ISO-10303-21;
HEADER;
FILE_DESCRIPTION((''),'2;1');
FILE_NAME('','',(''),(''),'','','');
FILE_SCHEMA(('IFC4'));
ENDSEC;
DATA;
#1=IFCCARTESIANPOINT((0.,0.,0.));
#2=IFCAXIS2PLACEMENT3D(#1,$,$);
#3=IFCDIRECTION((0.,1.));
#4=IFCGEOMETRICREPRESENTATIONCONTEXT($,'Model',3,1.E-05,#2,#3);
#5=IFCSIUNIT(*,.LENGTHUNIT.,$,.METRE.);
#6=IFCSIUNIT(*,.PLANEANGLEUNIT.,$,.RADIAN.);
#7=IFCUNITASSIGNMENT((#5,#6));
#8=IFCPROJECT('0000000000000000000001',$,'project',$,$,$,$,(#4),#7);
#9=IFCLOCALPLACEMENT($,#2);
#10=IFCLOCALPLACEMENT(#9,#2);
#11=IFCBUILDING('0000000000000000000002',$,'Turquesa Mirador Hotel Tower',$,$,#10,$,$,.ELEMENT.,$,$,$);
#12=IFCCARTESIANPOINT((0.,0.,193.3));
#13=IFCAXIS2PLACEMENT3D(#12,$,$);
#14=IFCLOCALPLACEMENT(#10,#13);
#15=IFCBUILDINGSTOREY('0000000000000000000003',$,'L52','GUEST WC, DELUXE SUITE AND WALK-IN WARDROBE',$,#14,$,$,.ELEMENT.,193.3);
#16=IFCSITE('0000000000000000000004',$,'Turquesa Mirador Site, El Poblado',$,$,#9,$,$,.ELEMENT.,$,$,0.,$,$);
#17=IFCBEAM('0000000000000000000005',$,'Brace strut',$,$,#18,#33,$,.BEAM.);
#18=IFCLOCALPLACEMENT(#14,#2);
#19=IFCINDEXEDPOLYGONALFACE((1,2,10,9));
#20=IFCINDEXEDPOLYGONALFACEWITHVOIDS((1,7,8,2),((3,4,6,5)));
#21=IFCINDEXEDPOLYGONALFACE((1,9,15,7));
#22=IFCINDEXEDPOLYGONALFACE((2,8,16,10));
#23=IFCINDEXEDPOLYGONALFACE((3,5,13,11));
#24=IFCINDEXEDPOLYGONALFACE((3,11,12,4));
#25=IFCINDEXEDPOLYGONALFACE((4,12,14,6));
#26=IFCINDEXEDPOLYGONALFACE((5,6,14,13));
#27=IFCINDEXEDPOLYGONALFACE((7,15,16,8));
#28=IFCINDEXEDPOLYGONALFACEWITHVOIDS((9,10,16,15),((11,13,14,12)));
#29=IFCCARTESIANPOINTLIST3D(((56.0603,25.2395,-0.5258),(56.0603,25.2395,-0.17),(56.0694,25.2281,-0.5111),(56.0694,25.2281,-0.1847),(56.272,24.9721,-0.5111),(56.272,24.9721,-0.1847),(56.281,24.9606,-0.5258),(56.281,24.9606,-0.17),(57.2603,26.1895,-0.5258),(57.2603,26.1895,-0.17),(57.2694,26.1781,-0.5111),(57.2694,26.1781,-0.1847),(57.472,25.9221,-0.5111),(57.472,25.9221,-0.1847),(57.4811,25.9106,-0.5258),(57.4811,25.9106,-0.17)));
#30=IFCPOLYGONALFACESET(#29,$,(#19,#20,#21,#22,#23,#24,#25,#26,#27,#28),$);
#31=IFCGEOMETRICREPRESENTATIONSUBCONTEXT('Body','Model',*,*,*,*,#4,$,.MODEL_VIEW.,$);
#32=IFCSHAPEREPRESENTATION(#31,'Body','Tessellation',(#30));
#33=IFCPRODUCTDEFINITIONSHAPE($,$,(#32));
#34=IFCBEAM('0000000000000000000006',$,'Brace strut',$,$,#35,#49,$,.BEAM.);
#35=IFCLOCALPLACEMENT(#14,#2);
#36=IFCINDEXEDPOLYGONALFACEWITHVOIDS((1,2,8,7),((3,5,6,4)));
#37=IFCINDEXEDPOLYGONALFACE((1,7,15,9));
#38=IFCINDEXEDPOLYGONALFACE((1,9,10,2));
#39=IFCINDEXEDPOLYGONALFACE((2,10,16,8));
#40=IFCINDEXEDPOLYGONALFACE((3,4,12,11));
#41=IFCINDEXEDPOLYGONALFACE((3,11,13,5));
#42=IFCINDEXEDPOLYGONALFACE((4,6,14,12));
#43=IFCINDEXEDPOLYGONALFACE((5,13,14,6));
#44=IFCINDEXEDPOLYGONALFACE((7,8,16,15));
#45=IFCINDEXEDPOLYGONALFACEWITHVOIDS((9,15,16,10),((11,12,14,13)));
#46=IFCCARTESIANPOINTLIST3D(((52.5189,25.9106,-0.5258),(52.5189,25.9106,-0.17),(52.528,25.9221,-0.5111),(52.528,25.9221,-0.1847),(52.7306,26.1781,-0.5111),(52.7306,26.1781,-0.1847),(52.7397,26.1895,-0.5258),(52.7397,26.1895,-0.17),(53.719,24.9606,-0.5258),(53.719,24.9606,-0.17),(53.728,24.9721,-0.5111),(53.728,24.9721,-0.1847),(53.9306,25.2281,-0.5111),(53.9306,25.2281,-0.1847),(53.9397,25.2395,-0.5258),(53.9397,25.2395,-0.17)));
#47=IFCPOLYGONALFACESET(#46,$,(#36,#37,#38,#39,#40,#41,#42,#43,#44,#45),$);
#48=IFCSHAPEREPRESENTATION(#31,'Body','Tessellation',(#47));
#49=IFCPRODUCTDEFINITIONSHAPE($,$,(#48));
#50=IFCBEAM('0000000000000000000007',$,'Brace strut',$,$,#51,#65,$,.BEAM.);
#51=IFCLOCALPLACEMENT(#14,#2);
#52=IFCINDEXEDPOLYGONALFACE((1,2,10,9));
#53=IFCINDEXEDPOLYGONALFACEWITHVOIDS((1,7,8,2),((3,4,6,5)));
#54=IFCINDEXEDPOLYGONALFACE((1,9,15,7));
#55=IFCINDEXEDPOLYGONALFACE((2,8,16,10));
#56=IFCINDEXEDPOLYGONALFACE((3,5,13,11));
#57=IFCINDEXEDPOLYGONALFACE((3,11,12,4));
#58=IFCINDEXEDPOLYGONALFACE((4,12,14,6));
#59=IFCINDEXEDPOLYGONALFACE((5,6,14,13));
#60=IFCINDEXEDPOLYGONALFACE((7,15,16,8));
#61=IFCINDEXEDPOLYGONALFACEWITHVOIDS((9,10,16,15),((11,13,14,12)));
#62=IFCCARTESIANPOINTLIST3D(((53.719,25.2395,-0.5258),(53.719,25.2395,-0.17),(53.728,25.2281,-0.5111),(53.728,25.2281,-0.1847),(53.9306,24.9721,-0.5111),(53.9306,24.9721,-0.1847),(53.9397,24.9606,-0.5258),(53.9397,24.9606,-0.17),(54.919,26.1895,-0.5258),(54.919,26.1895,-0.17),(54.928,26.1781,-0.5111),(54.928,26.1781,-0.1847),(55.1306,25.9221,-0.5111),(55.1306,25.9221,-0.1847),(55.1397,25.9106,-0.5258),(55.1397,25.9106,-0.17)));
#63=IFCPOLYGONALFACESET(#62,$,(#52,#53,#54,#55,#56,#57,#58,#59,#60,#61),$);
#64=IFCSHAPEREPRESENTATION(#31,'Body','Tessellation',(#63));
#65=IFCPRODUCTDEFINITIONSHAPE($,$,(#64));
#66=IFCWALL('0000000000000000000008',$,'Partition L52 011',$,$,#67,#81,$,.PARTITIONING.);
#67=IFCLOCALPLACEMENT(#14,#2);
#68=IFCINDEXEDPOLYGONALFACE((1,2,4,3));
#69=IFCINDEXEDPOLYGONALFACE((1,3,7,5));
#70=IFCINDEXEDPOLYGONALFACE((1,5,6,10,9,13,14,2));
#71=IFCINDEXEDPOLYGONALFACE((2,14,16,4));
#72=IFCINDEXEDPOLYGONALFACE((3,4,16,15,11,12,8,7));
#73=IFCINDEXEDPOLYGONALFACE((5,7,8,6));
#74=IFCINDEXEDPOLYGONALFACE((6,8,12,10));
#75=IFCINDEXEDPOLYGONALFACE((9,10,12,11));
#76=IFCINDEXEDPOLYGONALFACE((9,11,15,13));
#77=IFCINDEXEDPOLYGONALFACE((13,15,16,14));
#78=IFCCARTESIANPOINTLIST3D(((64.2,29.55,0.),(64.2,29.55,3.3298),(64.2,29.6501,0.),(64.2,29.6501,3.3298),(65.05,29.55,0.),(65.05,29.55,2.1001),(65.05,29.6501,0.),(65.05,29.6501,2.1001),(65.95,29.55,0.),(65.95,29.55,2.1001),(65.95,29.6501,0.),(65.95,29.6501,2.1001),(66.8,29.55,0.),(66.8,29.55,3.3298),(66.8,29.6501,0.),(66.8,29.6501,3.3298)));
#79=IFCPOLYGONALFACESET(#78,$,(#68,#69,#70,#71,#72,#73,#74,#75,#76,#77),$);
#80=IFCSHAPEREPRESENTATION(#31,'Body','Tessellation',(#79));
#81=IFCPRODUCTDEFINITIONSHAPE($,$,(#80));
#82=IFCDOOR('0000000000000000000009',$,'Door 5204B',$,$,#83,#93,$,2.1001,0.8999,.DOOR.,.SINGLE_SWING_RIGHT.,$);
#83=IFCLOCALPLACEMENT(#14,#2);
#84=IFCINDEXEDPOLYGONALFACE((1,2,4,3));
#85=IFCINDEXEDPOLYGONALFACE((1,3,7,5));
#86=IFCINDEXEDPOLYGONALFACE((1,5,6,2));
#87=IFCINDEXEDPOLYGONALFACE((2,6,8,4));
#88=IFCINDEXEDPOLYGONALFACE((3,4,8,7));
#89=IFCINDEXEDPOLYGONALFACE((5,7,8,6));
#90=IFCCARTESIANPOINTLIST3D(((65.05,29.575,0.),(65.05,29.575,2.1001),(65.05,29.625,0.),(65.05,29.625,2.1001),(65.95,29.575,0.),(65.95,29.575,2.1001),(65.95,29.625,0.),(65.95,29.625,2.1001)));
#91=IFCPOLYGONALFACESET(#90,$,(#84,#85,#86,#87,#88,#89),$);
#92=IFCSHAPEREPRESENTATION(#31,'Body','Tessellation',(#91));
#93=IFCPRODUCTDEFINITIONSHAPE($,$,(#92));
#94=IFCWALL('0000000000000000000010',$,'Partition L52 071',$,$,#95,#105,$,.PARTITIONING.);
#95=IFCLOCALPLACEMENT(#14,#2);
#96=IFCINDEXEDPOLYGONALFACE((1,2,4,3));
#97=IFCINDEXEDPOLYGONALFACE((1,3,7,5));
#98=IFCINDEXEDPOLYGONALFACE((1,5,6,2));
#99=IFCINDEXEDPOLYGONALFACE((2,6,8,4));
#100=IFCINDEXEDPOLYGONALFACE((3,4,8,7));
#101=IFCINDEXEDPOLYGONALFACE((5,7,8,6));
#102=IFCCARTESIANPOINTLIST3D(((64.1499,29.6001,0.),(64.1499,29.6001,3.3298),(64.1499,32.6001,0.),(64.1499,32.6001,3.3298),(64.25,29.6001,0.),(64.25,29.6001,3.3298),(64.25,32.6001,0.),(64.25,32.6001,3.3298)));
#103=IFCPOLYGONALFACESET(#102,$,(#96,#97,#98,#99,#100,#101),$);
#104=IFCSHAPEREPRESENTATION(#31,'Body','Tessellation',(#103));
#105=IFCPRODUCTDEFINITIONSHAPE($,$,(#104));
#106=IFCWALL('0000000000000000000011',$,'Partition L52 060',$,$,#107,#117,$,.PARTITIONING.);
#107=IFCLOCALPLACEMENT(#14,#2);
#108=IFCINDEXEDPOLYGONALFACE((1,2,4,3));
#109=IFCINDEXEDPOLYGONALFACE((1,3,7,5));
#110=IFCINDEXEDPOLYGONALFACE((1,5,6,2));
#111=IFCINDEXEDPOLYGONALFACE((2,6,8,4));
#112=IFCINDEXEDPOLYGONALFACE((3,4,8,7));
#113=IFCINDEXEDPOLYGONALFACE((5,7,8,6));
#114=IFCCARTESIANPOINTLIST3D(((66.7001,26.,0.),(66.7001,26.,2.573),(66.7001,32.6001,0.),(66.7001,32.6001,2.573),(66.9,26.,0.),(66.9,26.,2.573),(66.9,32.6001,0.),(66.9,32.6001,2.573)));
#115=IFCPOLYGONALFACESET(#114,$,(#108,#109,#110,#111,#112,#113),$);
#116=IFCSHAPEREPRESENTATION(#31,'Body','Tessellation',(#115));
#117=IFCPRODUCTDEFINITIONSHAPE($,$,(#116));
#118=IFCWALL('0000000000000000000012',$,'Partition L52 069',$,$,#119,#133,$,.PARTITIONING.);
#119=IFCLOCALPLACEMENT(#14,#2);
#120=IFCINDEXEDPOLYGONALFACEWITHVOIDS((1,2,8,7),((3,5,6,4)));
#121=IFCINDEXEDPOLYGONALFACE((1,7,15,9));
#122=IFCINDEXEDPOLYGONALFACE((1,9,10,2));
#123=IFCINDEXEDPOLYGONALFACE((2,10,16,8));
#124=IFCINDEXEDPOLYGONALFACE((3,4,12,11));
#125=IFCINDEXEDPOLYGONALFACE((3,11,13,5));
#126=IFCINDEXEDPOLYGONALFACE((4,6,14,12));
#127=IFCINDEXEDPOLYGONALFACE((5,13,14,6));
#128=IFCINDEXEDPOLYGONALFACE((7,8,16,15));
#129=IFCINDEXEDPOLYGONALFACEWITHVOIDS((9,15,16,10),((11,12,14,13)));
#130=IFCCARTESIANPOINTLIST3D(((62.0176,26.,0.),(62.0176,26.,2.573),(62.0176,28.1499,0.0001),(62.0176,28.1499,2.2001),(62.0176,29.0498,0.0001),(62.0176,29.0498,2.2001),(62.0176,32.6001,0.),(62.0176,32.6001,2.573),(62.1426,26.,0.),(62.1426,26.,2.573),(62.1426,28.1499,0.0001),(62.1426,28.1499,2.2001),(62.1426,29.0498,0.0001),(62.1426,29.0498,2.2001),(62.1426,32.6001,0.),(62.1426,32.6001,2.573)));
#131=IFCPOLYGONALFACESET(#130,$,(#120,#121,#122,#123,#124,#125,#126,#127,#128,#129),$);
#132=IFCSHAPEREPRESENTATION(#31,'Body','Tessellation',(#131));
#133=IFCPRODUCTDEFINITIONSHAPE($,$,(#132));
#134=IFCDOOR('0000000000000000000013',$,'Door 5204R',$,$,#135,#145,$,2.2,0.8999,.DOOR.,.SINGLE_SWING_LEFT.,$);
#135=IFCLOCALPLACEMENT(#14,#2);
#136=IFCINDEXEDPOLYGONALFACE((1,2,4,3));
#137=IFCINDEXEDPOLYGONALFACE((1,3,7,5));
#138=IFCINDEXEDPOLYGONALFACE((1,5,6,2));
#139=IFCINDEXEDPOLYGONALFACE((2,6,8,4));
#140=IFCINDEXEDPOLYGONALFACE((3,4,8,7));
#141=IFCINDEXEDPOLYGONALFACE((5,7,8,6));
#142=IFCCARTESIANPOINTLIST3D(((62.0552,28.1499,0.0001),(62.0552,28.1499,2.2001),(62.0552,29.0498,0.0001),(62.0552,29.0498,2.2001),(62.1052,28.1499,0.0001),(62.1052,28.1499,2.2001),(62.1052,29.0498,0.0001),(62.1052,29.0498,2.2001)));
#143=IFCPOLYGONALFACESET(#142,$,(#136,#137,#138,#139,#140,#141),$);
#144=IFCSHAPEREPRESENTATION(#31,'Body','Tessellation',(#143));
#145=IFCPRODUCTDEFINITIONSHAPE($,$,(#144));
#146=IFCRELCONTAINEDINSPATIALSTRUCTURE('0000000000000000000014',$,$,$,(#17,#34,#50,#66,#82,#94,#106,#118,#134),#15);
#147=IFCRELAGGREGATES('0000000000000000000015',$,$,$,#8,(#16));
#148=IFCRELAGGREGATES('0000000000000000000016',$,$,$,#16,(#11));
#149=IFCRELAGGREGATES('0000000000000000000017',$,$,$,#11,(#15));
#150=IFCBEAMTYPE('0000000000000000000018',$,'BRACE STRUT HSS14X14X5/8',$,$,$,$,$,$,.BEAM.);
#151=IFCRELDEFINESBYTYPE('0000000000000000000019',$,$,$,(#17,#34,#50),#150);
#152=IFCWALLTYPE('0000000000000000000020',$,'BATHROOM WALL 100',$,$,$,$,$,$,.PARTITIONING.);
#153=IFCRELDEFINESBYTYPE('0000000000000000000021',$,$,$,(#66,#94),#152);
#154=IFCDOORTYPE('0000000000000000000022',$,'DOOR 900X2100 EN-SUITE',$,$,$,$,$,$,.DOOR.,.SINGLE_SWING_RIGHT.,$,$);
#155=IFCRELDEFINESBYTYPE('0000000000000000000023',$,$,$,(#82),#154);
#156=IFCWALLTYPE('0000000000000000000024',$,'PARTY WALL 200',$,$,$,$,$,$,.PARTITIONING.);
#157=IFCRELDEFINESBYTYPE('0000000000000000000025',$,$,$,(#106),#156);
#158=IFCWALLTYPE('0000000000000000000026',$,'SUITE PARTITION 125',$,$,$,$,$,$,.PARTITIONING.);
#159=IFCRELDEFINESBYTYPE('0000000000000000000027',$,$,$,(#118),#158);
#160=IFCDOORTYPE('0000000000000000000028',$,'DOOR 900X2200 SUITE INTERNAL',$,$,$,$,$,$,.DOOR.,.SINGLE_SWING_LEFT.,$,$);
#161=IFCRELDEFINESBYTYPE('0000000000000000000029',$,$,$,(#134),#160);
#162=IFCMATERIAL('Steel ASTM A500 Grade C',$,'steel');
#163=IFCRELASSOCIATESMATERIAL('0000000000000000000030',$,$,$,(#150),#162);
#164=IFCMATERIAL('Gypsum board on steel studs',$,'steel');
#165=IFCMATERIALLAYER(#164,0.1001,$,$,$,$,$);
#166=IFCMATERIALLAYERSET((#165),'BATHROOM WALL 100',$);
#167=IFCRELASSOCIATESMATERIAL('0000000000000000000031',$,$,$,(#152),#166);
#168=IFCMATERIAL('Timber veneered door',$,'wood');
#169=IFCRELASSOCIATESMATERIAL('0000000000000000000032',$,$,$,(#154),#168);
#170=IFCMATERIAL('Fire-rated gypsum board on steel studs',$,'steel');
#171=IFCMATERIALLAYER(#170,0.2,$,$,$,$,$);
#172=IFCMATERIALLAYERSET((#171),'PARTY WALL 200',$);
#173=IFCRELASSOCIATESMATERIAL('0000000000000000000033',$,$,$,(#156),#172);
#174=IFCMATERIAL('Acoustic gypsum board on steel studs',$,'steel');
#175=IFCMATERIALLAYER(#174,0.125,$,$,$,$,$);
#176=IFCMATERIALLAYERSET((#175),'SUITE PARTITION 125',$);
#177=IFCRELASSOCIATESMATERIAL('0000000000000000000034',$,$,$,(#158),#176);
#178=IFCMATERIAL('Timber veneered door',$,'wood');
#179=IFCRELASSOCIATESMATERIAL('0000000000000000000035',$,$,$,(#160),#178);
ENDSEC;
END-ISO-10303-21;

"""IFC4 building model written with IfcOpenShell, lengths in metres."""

from ifc_helpers import new_model, si_unit, direction, frame, frame_2d, origin, origin_2d, place, context, subcontext, project, spatial, rectangle, hollow_rectangle, extrude, material, layer, layer_set, material_profile, profile_set, type_object, element, fill, save


model = new_model("IFC4")

# Units and contexts
model_context = context("Model", 3, precision=1e-05, world=origin(), true_north=direction((0.0, 1.0)))
body_context = subcontext(model_context, "Body", "Model", "MODEL_VIEW")
ifc_project = project(units=[si_unit("LENGTHUNIT", "METRE"), si_unit("PLANEANGLEUNIT", "RADIAN")], contexts=[model_context])

# Site, building, storey
site_placement = place(None, origin())
site = spatial("IfcSite", under=ifc_project, at=site_placement, Name="Turquesa Mirador Site, El Poblado", CompositionType="ELEMENT", RefElevation=0.0)
building_placement = place(site_placement, origin())
building = spatial("IfcBuilding", under=site, at=building_placement, Name="Turquesa Mirador Hotel Tower", CompositionType="ELEMENT")
storey_placement = place(building_placement, frame((0.0, 0.0, 193.3)))
storey = spatial("IfcBuildingStorey", under=building, at=storey_placement, Name="L52", Description="GUEST WC, DELUXE SUITE AND WALK-IN WARDROBE", CompositionType="ELEMENT", Elevation=193.3)

# Beams
ifc_material_1 = material(Name="Steel ASTM A500 Grade C", Category="steel")
ifc_material_profile_1 = material_profile(ifc_material_1, hollow_rectangle(XDim=0.3557, YDim=0.3557, WallThickness=0.0146, at=origin_2d()), Name="HSS14X14X5/8")
ifc_profile_set_1 = profile_set([ifc_material_profile_1], Name="Steel ASTM A500 Grade C")
beam_type_1 = type_object("IfcBeamType", Name="BRACE STRUT HSS14X14X5/8", PredefinedType="BEAM", material=ifc_profile_set_1)
for number, where, z_axis, x_axis, name in (
    (1, (56.1707, 25.1001, -0.3479), (0.784049, 0.620699, 0.0), (-0.620699, 0.784049, 0.0), "Brace strut"),
    (2, (53.8293, 25.1001, -0.3479), (-0.784049, 0.620699, 0.0), (-0.620699, -0.784049, 0.0), "Brace strut"),
    (3, (53.8293, 25.1001, -0.3479), (0.784049, 0.620699, 0.0), (-0.620699, 0.784049, 0.0), "Brace strut"),
):
    element("IfcBeam", number, at=place(storey_placement, frame(where, z_axis=z_axis, x_axis=x_axis)), inside=storey, type_object=beam_type_1, Name=name, PredefinedType="BEAM", context=body_context, shape_type="SweptSolid", body=[
        extrude(hollow_rectangle(XDim=0.3557, YDim=0.3557, WallThickness=0.0146, at=origin_2d()), origin(), (0.0, 0.0, 1.0), 1.5305),
    ])

# Wall, opening, door
ifc_material_2 = material(Name="Gypsum board on steel studs", Category="steel")
ifc_layer_1 = layer(ifc_material_2, 0.1001)
ifc_layer_set_1 = layer_set([ifc_layer_1], Name="BATHROOM WALL 100")
wall_type_1 = type_object("IfcWallType", Name="BATHROOM WALL 100", PredefinedType="PARTITIONING", material=ifc_layer_set_1)
wall_1_placement = place(storey_placement, frame((64.2, 29.6001, 0.0), z_axis=(0.0, 0.0, 1.0), x_axis=(1.0, 0.0, 0.0)))
wall_1 = element("IfcWall", 4, at=wall_1_placement, inside=storey, type_object=wall_type_1, Name="Partition L52 011", PredefinedType="PARTITIONING", context=body_context, shape_type="SweptSolid", body=[
    extrude(rectangle(XDim=2.6001, YDim=0.1001, at=frame_2d((1.3, 0.0))), origin(), (0.0, 0.0, 1.0), 3.3298),
])
opening_1_placement = place(wall_1_placement, frame((0.8501, 0.0, 0.0)))
opening_1 = element("IfcOpeningElement", 5, at=opening_1_placement, cuts=wall_1, PredefinedType="OPENING", context=body_context, shape_type="SweptSolid", body=[
    extrude(rectangle(XDim=0.8999, YDim=2.1001, at=frame_2d((0.45, 1.05))), frame((0.0, 0.0601, 0.0), z_axis=(0.0, -1.0, 0.0), x_axis=(1.0, 0.0, 0.0)), (0.0, 0.0, 1.0), 0.1201),
])
ifc_material_3 = material(Name="Timber veneered door", Category="wood")
door_type_1 = type_object("IfcDoorType", Name="DOOR 900X2100 EN-SUITE", OperationType="SINGLE_SWING_RIGHT", PredefinedType="DOOR", material=ifc_material_3)
door_1_placement = place(opening_1_placement, origin())
door_1 = element("IfcDoor", 6, at=door_1_placement, inside=storey, type_object=door_type_1, Name="Door 5204B", OperationType="SINGLE_SWING_RIGHT", OverallHeight=2.1001, OverallWidth=0.8999, PredefinedType="DOOR", context=body_context, shape_type="SweptSolid", body=[
    extrude(rectangle(XDim=0.8999, YDim=2.1001, at=frame_2d((0.45, 1.05))), frame((0.0, 0.0249, 0.0), z_axis=(0.0, -1.0, 0.0), x_axis=(1.0, 0.0, 0.0)), (0.0, 0.0, 1.0), 0.05),
])
fill(opening_1, door_1)

# Walls
wall_2_placement = place(storey_placement, frame((64.2, 29.6001, 0.0), z_axis=(0.0, 0.0, 1.0), x_axis=(0.0, 1.0, 0.0)))
element("IfcWall", 7, at=wall_2_placement, inside=storey, type_object=wall_type_1, Name="Partition L52 071", PredefinedType="PARTITIONING", context=body_context, shape_type="SweptSolid", body=[
    extrude(rectangle(XDim=3.0, YDim=0.1001, at=frame_2d((1.5, 0.0))), origin(), (0.0, 0.0, 1.0), 3.3298),
])
ifc_material_4 = material(Name="Fire-rated gypsum board on steel studs", Category="steel")
ifc_layer_2 = layer(ifc_material_4, 0.2)
ifc_layer_set_2 = layer_set([ifc_layer_2], Name="PARTY WALL 200")
wall_type_2 = type_object("IfcWallType", Name="PARTY WALL 200", PredefinedType="PARTITIONING", material=ifc_layer_set_2)
wall_3_placement = place(storey_placement, frame((66.8, 26.0, 0.0), z_axis=(0.0, 0.0, 1.0), x_axis=(0.0, 1.0, 0.0)))
element("IfcWall", 8, at=wall_3_placement, inside=storey, type_object=wall_type_2, Name="Partition L52 060", PredefinedType="PARTITIONING", context=body_context, shape_type="SweptSolid", body=[
    extrude(rectangle(XDim=6.6001, YDim=0.2, at=frame_2d((3.3, 0.0))), origin(), (0.0, 0.0, 1.0), 2.573),
])

# Wall, opening, door
ifc_material_5 = material(Name="Acoustic gypsum board on steel studs", Category="steel")
ifc_layer_3 = layer(ifc_material_5, 0.125)
ifc_layer_set_3 = layer_set([ifc_layer_3], Name="SUITE PARTITION 125")
wall_type_3 = type_object("IfcWallType", Name="SUITE PARTITION 125", PredefinedType="PARTITIONING", material=ifc_layer_set_3)
wall_4_placement = place(storey_placement, frame((62.0801, 26.0, 0.0), z_axis=(0.0, 0.0, 1.0), x_axis=(0.0, 1.0, 0.0)))
wall_4 = element("IfcWall", 9, at=wall_4_placement, inside=storey, type_object=wall_type_3, Name="Partition L52 069", PredefinedType="PARTITIONING", context=body_context, shape_type="SweptSolid", body=[
    extrude(rectangle(XDim=6.6001, YDim=0.125, at=frame_2d((3.3, 0.0))), origin(), (0.0, 0.0, 1.0), 2.573),
])
opening_2_placement = place(wall_4_placement, frame((2.1499, 0.0, 0.0)))
opening_2 = element("IfcOpeningElement", 10, at=opening_2_placement, cuts=wall_4, PredefinedType="OPENING", context=body_context, shape_type="SweptSolid", body=[
    extrude(rectangle(XDim=0.8999, YDim=2.2, at=frame_2d((0.45, 1.1001))), frame((0.0, 0.0725, 0.0), z_axis=(0.0, -1.0, 0.0), x_axis=(1.0, 0.0, 0.0)), (0.0, 0.0, 1.0), 0.145),
])
ifc_material_6 = material(Name="Timber veneered door", Category="wood")
door_type_2 = type_object("IfcDoorType", Name="DOOR 900X2200 SUITE INTERNAL", OperationType="SINGLE_SWING_LEFT", PredefinedType="DOOR", material=ifc_material_6)
door_2_placement = place(opening_2_placement, origin())
door_2 = element("IfcDoor", 11, at=door_2_placement, inside=storey, type_object=door_type_2, Name="Door 5204R", OperationType="SINGLE_SWING_LEFT", OverallHeight=2.2, OverallWidth=0.8999, PredefinedType="DOOR", context=body_context, shape_type="SweptSolid", body=[
    extrude(rectangle(XDim=0.8999, YDim=2.2, at=frame_2d((0.45, 1.1001))), frame((0.0, 0.0249, 0.0), z_axis=(0.0, -1.0, 0.0), x_axis=(1.0, 0.0, 0.0)), (0.0, 0.0, 1.0), 0.05),
])
fill(opening_2, door_2)

save(model, "model.ifc")
